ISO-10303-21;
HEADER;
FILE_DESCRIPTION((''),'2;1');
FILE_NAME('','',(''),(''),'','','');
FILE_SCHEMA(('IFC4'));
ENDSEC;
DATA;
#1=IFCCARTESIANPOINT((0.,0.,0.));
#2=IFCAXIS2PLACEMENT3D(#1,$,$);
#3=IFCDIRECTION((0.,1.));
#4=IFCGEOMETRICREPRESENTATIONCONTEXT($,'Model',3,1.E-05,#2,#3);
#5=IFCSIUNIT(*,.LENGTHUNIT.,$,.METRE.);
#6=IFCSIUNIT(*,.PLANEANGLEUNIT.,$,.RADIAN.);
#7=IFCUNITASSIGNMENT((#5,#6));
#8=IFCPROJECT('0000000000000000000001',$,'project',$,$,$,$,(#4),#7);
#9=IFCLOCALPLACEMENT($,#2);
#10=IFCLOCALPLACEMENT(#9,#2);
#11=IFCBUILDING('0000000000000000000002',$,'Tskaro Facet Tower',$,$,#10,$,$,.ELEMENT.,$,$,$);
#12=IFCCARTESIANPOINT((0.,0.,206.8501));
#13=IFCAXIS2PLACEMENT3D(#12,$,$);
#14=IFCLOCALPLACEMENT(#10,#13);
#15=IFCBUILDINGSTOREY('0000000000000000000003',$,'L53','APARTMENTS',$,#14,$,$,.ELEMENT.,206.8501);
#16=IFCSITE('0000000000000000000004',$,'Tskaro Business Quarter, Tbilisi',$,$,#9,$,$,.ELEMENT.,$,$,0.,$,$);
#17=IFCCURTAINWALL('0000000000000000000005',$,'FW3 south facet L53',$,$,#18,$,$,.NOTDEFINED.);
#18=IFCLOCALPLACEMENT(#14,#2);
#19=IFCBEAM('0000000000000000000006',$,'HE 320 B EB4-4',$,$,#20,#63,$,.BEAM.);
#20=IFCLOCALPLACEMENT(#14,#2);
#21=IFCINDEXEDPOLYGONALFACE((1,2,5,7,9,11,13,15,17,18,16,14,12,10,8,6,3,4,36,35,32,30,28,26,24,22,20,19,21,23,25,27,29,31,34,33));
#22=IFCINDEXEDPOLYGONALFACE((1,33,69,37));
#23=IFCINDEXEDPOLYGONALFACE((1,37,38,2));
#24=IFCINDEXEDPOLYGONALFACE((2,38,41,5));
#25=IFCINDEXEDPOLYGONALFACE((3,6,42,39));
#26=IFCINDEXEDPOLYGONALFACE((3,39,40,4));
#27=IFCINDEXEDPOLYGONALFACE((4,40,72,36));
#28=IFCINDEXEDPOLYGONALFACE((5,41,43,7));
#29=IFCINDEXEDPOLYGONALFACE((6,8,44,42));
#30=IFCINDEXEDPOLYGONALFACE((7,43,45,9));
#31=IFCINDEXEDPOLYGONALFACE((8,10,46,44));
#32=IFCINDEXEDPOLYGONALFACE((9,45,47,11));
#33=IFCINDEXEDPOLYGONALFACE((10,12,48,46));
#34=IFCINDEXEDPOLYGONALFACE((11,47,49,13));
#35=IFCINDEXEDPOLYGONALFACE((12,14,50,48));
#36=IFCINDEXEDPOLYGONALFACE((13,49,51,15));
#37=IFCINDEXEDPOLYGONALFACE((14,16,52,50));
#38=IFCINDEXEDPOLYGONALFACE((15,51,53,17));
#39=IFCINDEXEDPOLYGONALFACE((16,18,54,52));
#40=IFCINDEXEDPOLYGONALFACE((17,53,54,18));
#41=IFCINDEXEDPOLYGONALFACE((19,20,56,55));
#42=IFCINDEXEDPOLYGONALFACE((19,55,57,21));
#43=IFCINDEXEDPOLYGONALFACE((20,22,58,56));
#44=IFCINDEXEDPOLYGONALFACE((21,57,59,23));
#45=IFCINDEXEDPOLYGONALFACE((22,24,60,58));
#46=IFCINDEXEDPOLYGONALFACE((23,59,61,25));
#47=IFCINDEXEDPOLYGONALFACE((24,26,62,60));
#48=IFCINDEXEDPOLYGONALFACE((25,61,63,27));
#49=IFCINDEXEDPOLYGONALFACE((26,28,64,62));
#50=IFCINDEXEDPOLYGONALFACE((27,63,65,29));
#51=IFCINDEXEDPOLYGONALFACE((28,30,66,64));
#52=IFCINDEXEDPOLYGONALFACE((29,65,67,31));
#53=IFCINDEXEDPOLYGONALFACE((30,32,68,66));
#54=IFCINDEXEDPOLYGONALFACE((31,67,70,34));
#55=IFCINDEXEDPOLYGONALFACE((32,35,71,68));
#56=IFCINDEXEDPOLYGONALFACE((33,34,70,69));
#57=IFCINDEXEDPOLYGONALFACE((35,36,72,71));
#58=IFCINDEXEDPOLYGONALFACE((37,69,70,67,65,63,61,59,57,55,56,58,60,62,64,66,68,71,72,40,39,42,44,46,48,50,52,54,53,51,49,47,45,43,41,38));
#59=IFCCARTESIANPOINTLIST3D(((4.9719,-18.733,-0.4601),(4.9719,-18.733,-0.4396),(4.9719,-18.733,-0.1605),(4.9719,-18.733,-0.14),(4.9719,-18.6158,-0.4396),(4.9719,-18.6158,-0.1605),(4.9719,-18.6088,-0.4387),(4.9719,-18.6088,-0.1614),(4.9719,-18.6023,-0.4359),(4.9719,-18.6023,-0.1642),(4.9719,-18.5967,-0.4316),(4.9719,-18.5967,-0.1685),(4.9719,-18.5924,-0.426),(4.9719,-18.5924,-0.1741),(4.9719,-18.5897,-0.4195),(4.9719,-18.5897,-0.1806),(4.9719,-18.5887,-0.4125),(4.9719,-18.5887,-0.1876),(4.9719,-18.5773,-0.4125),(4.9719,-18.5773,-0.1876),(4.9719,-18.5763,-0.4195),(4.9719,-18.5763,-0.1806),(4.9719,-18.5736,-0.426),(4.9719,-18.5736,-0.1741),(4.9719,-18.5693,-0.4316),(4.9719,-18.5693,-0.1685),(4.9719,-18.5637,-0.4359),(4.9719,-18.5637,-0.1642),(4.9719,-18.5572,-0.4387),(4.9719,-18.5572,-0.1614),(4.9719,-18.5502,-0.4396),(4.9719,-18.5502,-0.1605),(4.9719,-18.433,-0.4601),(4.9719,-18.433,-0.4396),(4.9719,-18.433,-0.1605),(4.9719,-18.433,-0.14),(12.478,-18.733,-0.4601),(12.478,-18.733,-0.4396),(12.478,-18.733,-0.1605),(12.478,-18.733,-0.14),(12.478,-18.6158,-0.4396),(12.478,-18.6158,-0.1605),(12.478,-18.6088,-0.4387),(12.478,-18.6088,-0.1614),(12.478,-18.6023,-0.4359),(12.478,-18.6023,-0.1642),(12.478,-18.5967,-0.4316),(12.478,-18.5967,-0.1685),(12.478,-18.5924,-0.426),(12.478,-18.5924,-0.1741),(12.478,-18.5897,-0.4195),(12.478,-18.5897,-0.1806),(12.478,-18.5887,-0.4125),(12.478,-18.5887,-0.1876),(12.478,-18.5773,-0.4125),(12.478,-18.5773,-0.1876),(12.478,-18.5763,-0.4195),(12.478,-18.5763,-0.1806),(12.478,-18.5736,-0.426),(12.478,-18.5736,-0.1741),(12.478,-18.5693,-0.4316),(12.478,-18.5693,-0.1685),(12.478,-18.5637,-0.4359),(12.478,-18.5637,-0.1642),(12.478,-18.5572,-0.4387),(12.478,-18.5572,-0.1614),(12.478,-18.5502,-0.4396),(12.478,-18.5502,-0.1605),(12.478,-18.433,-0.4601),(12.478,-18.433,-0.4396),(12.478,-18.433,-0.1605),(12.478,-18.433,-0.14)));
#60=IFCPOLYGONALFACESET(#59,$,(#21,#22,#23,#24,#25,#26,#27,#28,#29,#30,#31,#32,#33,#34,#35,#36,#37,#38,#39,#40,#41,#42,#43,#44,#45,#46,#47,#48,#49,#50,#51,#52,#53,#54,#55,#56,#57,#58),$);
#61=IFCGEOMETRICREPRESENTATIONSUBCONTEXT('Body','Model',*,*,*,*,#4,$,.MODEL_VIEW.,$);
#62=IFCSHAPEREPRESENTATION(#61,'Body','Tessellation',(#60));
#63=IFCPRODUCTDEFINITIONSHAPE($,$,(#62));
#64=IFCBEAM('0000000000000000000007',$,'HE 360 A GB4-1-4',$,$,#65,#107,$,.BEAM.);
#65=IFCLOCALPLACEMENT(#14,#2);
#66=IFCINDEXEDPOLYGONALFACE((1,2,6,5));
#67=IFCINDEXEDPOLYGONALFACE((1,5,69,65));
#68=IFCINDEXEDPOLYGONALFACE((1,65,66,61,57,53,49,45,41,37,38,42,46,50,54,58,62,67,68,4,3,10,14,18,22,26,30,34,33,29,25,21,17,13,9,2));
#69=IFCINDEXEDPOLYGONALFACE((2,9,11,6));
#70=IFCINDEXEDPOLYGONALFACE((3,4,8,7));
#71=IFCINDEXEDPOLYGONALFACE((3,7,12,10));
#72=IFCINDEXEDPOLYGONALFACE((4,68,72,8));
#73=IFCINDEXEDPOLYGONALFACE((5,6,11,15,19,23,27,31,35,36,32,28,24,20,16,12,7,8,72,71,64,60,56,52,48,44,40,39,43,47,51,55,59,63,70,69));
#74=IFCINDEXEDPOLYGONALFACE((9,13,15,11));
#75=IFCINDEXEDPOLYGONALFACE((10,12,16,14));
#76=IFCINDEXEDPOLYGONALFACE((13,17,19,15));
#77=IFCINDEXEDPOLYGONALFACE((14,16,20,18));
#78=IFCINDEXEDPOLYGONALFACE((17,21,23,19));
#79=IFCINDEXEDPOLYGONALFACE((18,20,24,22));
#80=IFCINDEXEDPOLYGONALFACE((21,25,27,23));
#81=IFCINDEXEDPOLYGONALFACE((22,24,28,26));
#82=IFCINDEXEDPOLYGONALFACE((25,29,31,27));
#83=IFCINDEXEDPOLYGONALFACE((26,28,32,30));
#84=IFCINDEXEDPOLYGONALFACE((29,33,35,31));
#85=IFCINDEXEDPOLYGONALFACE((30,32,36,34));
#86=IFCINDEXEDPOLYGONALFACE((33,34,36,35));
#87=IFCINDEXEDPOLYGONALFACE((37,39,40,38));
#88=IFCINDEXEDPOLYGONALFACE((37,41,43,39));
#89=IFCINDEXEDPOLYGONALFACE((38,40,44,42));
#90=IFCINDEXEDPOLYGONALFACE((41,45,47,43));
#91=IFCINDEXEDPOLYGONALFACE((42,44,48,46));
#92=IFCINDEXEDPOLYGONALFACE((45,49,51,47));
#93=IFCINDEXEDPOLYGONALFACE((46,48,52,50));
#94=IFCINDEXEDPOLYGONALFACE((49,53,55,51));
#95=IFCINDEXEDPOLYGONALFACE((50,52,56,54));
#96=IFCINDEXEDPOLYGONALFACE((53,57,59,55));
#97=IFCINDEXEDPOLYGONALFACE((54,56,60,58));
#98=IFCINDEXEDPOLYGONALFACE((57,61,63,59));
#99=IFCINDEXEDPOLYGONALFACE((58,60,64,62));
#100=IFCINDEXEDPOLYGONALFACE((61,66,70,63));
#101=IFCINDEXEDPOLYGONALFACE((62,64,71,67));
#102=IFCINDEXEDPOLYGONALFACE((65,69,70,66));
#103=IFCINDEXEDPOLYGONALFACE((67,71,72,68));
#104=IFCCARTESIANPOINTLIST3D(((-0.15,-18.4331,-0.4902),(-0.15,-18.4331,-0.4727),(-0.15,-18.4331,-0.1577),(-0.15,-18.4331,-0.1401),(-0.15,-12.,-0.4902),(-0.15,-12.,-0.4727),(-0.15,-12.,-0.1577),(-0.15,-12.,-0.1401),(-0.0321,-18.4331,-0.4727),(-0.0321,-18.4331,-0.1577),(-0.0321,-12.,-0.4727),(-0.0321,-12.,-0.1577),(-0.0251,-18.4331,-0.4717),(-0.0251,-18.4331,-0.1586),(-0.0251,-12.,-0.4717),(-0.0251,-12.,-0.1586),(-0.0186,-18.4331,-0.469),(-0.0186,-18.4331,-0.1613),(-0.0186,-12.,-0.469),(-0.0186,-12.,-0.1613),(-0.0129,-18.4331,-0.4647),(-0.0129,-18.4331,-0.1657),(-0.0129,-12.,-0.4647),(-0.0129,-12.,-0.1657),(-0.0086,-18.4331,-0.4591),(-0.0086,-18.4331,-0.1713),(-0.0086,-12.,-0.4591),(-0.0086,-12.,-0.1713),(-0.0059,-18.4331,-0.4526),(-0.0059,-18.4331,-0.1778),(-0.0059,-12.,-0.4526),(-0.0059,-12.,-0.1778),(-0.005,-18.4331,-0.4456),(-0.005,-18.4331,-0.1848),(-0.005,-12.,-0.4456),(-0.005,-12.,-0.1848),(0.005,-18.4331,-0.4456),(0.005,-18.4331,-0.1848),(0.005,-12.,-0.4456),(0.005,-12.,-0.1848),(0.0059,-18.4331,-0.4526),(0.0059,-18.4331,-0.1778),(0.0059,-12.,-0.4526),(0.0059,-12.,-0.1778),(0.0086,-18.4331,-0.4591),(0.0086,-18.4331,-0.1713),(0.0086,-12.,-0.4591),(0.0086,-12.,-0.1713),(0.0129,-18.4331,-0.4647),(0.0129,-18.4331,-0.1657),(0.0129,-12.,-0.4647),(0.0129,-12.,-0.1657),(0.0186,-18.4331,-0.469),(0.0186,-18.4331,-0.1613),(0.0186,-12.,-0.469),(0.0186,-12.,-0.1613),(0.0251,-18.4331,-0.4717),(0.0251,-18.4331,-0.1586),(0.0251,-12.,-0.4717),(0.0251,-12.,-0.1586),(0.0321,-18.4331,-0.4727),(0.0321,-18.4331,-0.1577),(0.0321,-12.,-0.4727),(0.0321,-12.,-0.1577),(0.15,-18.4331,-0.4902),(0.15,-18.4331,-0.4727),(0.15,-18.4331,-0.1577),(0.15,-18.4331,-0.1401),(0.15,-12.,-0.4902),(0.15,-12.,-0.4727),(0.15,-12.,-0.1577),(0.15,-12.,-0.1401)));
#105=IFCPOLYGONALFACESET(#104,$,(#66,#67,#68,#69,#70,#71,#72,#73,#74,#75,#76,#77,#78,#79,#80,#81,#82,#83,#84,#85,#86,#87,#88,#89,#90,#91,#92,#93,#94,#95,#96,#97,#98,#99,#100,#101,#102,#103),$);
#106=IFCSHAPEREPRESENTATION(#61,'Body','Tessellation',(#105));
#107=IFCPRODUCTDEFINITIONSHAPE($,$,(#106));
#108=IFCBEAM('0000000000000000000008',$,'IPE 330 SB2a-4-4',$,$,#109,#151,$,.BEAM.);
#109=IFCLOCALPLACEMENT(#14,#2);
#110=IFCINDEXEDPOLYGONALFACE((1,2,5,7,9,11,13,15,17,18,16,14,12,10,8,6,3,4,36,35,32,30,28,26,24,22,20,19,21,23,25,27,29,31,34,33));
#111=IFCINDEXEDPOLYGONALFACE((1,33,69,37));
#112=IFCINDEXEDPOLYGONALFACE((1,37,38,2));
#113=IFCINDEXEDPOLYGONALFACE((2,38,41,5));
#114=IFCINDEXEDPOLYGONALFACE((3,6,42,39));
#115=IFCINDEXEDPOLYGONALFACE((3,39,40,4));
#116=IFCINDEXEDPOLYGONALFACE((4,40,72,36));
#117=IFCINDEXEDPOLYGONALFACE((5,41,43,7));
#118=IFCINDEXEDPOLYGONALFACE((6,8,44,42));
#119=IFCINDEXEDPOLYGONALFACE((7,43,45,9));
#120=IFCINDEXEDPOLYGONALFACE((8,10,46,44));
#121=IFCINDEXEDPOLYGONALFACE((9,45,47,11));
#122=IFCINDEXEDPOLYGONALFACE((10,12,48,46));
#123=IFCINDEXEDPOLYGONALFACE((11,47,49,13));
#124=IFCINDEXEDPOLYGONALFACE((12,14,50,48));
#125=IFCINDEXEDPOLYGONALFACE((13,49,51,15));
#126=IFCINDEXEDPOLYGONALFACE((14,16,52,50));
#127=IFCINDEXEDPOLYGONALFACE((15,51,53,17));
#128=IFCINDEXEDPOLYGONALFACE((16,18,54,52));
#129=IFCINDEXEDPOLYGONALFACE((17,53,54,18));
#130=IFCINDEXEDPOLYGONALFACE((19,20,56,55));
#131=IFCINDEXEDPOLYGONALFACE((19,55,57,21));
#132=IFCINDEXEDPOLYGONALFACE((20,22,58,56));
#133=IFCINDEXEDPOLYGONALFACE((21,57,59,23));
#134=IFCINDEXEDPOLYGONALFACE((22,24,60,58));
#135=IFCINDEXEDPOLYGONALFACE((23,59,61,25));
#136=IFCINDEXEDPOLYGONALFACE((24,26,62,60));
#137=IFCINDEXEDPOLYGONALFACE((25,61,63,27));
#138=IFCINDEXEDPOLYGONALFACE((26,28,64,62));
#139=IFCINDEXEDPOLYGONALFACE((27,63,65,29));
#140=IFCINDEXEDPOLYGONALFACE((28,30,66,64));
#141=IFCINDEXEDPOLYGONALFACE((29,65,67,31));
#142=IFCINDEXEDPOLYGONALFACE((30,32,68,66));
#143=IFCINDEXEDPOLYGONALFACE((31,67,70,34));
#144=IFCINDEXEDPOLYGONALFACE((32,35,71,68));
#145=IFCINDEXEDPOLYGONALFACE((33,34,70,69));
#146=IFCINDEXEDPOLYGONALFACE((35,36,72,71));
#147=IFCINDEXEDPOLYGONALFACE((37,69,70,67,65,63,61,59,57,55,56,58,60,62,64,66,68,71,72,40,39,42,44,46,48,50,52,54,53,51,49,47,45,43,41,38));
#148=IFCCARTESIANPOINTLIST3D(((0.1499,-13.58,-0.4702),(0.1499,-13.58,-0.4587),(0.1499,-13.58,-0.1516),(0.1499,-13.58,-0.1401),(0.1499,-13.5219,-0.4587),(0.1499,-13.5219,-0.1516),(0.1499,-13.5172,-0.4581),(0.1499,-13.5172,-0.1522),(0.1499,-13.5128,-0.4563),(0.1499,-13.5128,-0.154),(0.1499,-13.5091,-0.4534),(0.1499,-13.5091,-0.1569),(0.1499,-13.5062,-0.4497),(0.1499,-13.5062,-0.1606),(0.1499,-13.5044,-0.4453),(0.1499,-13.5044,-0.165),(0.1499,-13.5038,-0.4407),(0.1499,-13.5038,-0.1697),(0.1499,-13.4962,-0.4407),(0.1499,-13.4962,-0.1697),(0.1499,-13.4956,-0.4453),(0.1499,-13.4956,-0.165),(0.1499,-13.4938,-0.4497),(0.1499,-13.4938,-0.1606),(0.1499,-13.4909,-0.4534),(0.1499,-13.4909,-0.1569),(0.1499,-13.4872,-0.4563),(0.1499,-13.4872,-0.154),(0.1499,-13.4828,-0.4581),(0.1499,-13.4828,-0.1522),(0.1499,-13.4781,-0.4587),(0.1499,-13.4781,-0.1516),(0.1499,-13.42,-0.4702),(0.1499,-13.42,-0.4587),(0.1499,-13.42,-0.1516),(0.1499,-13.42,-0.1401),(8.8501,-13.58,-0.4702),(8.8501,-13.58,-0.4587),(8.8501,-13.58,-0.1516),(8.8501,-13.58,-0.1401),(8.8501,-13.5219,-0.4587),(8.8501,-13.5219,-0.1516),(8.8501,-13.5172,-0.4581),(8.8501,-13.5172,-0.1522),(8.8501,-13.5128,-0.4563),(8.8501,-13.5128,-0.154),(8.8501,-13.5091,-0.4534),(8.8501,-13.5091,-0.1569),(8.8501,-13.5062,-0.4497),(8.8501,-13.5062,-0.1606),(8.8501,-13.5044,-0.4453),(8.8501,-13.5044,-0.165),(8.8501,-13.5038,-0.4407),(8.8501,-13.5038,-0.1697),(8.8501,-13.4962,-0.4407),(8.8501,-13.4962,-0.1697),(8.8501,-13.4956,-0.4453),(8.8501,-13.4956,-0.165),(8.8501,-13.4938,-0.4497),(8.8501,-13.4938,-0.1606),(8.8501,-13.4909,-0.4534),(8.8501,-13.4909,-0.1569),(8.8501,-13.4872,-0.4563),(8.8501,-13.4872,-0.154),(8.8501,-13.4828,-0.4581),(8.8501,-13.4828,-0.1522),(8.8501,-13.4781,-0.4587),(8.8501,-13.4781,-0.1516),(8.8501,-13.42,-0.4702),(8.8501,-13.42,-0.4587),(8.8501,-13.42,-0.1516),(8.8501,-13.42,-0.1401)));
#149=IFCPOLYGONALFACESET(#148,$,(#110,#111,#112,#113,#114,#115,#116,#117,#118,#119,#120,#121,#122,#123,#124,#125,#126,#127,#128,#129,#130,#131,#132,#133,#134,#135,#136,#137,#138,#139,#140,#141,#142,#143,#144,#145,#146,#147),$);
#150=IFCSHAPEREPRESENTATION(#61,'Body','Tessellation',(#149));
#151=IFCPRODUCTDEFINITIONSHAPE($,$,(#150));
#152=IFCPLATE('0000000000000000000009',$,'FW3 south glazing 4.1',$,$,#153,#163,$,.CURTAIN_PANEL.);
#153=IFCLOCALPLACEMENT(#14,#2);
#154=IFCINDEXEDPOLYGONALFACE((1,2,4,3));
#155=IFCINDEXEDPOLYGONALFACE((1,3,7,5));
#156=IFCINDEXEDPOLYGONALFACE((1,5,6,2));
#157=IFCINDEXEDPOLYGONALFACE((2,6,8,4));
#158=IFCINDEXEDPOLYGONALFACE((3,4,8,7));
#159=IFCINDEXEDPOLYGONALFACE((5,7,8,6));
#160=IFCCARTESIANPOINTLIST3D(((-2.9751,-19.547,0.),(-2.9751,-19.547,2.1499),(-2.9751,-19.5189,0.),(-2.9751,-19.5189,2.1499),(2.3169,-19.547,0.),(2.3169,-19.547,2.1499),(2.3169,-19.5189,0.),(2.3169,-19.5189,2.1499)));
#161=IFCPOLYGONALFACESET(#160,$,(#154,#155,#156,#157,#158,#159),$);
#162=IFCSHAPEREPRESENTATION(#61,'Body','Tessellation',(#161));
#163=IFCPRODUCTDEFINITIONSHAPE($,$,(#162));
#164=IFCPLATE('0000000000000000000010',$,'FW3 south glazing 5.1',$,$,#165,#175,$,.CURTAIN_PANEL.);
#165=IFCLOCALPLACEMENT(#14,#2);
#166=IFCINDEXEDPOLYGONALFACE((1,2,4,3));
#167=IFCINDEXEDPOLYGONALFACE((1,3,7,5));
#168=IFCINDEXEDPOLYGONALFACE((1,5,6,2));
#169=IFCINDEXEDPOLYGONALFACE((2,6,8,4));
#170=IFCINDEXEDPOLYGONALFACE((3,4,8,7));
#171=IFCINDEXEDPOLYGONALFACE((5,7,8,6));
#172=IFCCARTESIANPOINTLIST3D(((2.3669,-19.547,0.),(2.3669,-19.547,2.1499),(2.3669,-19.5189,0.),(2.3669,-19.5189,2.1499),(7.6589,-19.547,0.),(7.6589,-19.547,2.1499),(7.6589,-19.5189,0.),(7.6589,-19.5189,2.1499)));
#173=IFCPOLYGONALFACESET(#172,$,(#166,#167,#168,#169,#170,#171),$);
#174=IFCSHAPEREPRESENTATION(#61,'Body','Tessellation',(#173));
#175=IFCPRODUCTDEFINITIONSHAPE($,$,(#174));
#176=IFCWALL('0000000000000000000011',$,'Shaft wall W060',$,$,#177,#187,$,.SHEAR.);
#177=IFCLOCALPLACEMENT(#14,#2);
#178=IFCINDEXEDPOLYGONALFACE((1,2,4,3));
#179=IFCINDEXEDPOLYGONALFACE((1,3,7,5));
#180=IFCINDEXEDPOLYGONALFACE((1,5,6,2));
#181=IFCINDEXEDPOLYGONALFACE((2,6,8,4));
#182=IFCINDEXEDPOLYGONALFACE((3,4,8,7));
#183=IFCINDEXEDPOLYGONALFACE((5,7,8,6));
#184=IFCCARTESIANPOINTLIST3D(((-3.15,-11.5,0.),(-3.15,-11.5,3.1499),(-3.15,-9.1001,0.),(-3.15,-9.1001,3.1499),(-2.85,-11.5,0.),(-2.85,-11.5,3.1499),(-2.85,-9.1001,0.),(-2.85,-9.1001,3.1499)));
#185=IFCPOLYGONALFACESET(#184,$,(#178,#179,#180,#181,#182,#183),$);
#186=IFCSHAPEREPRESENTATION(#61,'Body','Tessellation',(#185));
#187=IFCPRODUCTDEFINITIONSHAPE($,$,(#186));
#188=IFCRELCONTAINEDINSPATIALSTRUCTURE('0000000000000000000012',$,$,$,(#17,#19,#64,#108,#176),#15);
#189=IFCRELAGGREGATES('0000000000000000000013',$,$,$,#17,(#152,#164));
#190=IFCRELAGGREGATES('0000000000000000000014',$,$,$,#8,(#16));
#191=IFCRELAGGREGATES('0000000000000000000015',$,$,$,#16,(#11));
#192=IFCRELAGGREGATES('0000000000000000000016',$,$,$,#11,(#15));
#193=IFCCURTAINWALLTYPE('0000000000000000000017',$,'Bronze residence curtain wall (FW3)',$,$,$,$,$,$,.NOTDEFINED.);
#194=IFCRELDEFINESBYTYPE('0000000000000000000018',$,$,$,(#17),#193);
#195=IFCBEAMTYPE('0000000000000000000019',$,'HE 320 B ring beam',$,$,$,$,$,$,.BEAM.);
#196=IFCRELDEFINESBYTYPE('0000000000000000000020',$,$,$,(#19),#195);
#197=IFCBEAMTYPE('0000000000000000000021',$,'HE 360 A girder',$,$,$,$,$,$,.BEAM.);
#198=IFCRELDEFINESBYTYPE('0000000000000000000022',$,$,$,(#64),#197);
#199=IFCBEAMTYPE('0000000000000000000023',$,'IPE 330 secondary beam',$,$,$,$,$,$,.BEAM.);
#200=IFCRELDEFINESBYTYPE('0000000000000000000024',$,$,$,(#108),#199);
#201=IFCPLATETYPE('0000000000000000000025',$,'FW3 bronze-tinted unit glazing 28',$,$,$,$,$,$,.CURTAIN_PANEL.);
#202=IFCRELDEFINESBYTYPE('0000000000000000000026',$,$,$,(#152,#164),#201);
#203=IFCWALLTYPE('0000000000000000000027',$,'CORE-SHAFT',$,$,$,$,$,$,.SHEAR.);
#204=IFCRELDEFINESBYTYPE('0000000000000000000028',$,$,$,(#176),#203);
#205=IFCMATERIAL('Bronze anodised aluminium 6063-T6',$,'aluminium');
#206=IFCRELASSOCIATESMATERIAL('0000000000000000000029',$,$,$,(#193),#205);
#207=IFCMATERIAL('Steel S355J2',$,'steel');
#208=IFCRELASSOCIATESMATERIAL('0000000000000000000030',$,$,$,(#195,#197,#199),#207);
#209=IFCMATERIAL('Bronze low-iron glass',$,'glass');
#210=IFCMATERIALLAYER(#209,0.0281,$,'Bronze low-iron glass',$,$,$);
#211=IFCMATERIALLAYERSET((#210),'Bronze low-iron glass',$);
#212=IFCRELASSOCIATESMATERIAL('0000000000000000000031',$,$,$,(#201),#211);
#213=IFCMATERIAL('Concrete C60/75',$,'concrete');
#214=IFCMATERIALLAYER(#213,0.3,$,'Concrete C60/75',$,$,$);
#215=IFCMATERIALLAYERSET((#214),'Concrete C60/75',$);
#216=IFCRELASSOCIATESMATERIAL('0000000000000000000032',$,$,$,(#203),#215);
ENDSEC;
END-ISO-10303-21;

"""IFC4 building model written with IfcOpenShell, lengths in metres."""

from ifc_helpers import new_model, si_unit, direction, frame, frame_2d, origin, origin_2d, place, context, subcontext, project, spatial, rectangle, i_section, extrude, material, layer, layer_set, material_profile, profile_set, type_object, element, aggregate, save


model = new_model("IFC4")

# Units and contexts
model_context = context("Model", 3, precision=1e-05, world=origin(), true_north=direction((0.0, 1.0)))
body_context = subcontext(model_context, "Body", "Model", "MODEL_VIEW")
ifc_project = project(units=[si_unit("LENGTHUNIT", "METRE"), si_unit("PLANEANGLEUNIT", "RADIAN")], contexts=[model_context])

# Site, building, storey
site_placement = place(None, origin())
site = spatial("IfcSite", under=ifc_project, at=site_placement, Name="Tskaro Business Quarter, Tbilisi", CompositionType="ELEMENT", RefElevation=0.0)
building_placement = place(site_placement, origin())
building = spatial("IfcBuilding", under=site, at=building_placement, Name="Tskaro Facet Tower", CompositionType="ELEMENT")
storey_placement = place(building_placement, frame((0.0, 0.0, 206.8501)))
storey = spatial("IfcBuildingStorey", under=building, at=storey_placement, Name="L53", Description="APARTMENTS", CompositionType="ELEMENT", Elevation=206.8501)

# Curtain wall
ifc_material_1 = material(Name="Bronze anodised aluminium 6063-T6", Category="aluminium")
curtain_wall_type = type_object("IfcCurtainWallType", Name="Bronze residence curtain wall (FW3)", PredefinedType="NOTDEFINED", material=ifc_material_1)
curtain_wall_placement = place(storey_placement, origin())
curtain_wall = element("IfcCurtainWall", 1, at=curtain_wall_placement, inside=storey, type_object=curtain_wall_type, Name="FW3 south facet L53", PredefinedType="NOTDEFINED")

# Beams
ifc_material_2 = material(Name="Steel S355J2", Category="steel")
ifc_material_profile_1 = material_profile(ifc_material_2, i_section(OverallWidth=0.3, OverallDepth=0.3201, WebThickness=0.0115, FlangeThickness=0.0205, FilletRadius=0.0271, at=origin_2d()), Name="HE 320 B")
ifc_profile_set_1 = profile_set([ifc_material_profile_1], Name="Steel S355J2")
beam_type_1 = type_object("IfcBeamType", Name="HE 320 B ring beam", PredefinedType="BEAM", material=ifc_profile_set_1)
beam_1_placement = place(storey_placement, frame((4.9719, -18.583, -0.3), z_axis=(1.0, 0.0, 0.0), x_axis=(0.0, 1.0, 0.0)))
element("IfcBeam", 2, at=beam_1_placement, inside=storey, type_object=beam_type_1, Name="HE 320 B EB4-4", PredefinedType="BEAM", context=body_context, shape_type="SweptSolid", body=[
    extrude(i_section(OverallWidth=0.3, OverallDepth=0.3201, WebThickness=0.0115, FlangeThickness=0.0205, FilletRadius=0.0271, at=origin_2d()), origin(), (0.0, 0.0, 1.0), 7.5061),
])
ifc_material_profile_2 = material_profile(ifc_material_2, i_section(OverallWidth=0.3, OverallDepth=0.3501, WebThickness=0.01, FlangeThickness=0.0176, FilletRadius=0.0271, at=origin_2d()), Name="HE 360 A")
ifc_profile_set_2 = profile_set([ifc_material_profile_2], Name="Steel S355J2")
beam_type_2 = type_object("IfcBeamType", Name="HE 360 A girder", PredefinedType="BEAM", material=ifc_profile_set_2)
beam_2_placement = place(storey_placement, frame((0.0, -18.4331, -0.3152), z_axis=(0.0, 1.0, 0.0), x_axis=(-1.0, 0.0, 0.0)))
element("IfcBeam", 3, at=beam_2_placement, inside=storey, type_object=beam_type_2, Name="HE 360 A GB4-1-4", PredefinedType="BEAM", context=body_context, shape_type="SweptSolid", body=[
    extrude(i_section(OverallWidth=0.3, OverallDepth=0.3501, WebThickness=0.01, FlangeThickness=0.0176, FilletRadius=0.0271, at=origin_2d()), origin(), (0.0, 0.0, 1.0), 6.4331),
])
ifc_material_profile_3 = material_profile(ifc_material_2, i_section(OverallWidth=0.1599, OverallDepth=0.3301, WebThickness=0.0076, FlangeThickness=0.0115, FilletRadius=0.0181, at=origin_2d()), Name="IPE 330")
ifc_profile_set_3 = profile_set([ifc_material_profile_3], Name="Steel S355J2")
beam_type_3 = type_object("IfcBeamType", Name="IPE 330 secondary beam", PredefinedType="BEAM", material=ifc_profile_set_3)
beam_3_placement = place(storey_placement, frame((0.1499, -13.5, -0.3052), z_axis=(1.0, 0.0, 0.0), x_axis=(0.0, 1.0, 0.0)))
element("IfcBeam", 4, at=beam_3_placement, inside=storey, type_object=beam_type_3, Name="IPE 330 SB2a-4-4", PredefinedType="BEAM", context=body_context, shape_type="SweptSolid", body=[
    extrude(i_section(OverallWidth=0.1599, OverallDepth=0.3301, WebThickness=0.0076, FlangeThickness=0.0115, FilletRadius=0.0181, at=origin_2d()), origin(), (0.0, 0.0, 1.0), 8.7002),
])

# Plates
ifc_material_3 = material(Name="Bronze low-iron glass", Category="glass")
ifc_layer_1 = layer(ifc_material_3, 0.0281, Name="Bronze low-iron glass")
ifc_layer_set_1 = layer_set([ifc_layer_1], Name="Bronze low-iron glass")
plate_type = type_object("IfcPlateType", Name="FW3 bronze-tinted unit glazing 28", PredefinedType="CURTAIN_PANEL", material=ifc_layer_set_1)
plate_1_placement = place(storey_placement, frame((-0.3291, -19.533, 0.0), z_axis=(0.0, 0.0, 1.0), x_axis=(1.0, 0.0, 0.0)))
plate_1 = element("IfcPlate", 5, at=plate_1_placement, type_object=plate_type, Name="FW3 south glazing 4.1", PredefinedType="CURTAIN_PANEL", context=body_context, shape_type="SweptSolid", body=[
    extrude(rectangle(XDim=5.292, YDim=0.0281, at=origin_2d()), origin(), (0.0, 0.0, 1.0), 2.1499),
])
plate_2_placement = place(storey_placement, frame((5.0129, -19.533, 0.0), z_axis=(0.0, 0.0, 1.0), x_axis=(1.0, 0.0, 0.0)))
plate_2 = element("IfcPlate", 6, at=plate_2_placement, type_object=plate_type, Name="FW3 south glazing 5.1", PredefinedType="CURTAIN_PANEL", context=body_context, shape_type="SweptSolid", body=[
    extrude(rectangle(XDim=5.292, YDim=0.0281, at=origin_2d()), origin(), (0.0, 0.0, 1.0), 2.1499),
])
aggregate(curtain_wall, [plate_1, plate_2])

# Wall
ifc_material_4 = material(Name="Concrete C60/75", Category="concrete")
ifc_layer_2 = layer(ifc_material_4, 0.3, Name="Concrete C60/75")
ifc_layer_set_2 = layer_set([ifc_layer_2], Name="Concrete C60/75")
wall_type = type_object("IfcWallType", Name="CORE-SHAFT", PredefinedType="SHEAR", material=ifc_layer_set_2)
for number, where, z_axis, x_axis, name in (
    (7, (-3.0, -11.5, 0.0), (0.0, 0.0, 1.0), (0.0, 1.0, 0.0), "Shaft wall W060"),
):
    element("IfcWall", number, at=place(storey_placement, frame(where, z_axis=z_axis, x_axis=x_axis)), inside=storey, type_object=wall_type, Name=name, PredefinedType="SHEAR", context=body_context, shape_type="SweptSolid", body=[
        extrude(rectangle(XDim=2.3999, YDim=0.3, at=frame_2d((1.2, 0.0))), origin(), (0.0, 0.0, 1.0), 3.1499),
    ])

save(model, "model.ifc")
